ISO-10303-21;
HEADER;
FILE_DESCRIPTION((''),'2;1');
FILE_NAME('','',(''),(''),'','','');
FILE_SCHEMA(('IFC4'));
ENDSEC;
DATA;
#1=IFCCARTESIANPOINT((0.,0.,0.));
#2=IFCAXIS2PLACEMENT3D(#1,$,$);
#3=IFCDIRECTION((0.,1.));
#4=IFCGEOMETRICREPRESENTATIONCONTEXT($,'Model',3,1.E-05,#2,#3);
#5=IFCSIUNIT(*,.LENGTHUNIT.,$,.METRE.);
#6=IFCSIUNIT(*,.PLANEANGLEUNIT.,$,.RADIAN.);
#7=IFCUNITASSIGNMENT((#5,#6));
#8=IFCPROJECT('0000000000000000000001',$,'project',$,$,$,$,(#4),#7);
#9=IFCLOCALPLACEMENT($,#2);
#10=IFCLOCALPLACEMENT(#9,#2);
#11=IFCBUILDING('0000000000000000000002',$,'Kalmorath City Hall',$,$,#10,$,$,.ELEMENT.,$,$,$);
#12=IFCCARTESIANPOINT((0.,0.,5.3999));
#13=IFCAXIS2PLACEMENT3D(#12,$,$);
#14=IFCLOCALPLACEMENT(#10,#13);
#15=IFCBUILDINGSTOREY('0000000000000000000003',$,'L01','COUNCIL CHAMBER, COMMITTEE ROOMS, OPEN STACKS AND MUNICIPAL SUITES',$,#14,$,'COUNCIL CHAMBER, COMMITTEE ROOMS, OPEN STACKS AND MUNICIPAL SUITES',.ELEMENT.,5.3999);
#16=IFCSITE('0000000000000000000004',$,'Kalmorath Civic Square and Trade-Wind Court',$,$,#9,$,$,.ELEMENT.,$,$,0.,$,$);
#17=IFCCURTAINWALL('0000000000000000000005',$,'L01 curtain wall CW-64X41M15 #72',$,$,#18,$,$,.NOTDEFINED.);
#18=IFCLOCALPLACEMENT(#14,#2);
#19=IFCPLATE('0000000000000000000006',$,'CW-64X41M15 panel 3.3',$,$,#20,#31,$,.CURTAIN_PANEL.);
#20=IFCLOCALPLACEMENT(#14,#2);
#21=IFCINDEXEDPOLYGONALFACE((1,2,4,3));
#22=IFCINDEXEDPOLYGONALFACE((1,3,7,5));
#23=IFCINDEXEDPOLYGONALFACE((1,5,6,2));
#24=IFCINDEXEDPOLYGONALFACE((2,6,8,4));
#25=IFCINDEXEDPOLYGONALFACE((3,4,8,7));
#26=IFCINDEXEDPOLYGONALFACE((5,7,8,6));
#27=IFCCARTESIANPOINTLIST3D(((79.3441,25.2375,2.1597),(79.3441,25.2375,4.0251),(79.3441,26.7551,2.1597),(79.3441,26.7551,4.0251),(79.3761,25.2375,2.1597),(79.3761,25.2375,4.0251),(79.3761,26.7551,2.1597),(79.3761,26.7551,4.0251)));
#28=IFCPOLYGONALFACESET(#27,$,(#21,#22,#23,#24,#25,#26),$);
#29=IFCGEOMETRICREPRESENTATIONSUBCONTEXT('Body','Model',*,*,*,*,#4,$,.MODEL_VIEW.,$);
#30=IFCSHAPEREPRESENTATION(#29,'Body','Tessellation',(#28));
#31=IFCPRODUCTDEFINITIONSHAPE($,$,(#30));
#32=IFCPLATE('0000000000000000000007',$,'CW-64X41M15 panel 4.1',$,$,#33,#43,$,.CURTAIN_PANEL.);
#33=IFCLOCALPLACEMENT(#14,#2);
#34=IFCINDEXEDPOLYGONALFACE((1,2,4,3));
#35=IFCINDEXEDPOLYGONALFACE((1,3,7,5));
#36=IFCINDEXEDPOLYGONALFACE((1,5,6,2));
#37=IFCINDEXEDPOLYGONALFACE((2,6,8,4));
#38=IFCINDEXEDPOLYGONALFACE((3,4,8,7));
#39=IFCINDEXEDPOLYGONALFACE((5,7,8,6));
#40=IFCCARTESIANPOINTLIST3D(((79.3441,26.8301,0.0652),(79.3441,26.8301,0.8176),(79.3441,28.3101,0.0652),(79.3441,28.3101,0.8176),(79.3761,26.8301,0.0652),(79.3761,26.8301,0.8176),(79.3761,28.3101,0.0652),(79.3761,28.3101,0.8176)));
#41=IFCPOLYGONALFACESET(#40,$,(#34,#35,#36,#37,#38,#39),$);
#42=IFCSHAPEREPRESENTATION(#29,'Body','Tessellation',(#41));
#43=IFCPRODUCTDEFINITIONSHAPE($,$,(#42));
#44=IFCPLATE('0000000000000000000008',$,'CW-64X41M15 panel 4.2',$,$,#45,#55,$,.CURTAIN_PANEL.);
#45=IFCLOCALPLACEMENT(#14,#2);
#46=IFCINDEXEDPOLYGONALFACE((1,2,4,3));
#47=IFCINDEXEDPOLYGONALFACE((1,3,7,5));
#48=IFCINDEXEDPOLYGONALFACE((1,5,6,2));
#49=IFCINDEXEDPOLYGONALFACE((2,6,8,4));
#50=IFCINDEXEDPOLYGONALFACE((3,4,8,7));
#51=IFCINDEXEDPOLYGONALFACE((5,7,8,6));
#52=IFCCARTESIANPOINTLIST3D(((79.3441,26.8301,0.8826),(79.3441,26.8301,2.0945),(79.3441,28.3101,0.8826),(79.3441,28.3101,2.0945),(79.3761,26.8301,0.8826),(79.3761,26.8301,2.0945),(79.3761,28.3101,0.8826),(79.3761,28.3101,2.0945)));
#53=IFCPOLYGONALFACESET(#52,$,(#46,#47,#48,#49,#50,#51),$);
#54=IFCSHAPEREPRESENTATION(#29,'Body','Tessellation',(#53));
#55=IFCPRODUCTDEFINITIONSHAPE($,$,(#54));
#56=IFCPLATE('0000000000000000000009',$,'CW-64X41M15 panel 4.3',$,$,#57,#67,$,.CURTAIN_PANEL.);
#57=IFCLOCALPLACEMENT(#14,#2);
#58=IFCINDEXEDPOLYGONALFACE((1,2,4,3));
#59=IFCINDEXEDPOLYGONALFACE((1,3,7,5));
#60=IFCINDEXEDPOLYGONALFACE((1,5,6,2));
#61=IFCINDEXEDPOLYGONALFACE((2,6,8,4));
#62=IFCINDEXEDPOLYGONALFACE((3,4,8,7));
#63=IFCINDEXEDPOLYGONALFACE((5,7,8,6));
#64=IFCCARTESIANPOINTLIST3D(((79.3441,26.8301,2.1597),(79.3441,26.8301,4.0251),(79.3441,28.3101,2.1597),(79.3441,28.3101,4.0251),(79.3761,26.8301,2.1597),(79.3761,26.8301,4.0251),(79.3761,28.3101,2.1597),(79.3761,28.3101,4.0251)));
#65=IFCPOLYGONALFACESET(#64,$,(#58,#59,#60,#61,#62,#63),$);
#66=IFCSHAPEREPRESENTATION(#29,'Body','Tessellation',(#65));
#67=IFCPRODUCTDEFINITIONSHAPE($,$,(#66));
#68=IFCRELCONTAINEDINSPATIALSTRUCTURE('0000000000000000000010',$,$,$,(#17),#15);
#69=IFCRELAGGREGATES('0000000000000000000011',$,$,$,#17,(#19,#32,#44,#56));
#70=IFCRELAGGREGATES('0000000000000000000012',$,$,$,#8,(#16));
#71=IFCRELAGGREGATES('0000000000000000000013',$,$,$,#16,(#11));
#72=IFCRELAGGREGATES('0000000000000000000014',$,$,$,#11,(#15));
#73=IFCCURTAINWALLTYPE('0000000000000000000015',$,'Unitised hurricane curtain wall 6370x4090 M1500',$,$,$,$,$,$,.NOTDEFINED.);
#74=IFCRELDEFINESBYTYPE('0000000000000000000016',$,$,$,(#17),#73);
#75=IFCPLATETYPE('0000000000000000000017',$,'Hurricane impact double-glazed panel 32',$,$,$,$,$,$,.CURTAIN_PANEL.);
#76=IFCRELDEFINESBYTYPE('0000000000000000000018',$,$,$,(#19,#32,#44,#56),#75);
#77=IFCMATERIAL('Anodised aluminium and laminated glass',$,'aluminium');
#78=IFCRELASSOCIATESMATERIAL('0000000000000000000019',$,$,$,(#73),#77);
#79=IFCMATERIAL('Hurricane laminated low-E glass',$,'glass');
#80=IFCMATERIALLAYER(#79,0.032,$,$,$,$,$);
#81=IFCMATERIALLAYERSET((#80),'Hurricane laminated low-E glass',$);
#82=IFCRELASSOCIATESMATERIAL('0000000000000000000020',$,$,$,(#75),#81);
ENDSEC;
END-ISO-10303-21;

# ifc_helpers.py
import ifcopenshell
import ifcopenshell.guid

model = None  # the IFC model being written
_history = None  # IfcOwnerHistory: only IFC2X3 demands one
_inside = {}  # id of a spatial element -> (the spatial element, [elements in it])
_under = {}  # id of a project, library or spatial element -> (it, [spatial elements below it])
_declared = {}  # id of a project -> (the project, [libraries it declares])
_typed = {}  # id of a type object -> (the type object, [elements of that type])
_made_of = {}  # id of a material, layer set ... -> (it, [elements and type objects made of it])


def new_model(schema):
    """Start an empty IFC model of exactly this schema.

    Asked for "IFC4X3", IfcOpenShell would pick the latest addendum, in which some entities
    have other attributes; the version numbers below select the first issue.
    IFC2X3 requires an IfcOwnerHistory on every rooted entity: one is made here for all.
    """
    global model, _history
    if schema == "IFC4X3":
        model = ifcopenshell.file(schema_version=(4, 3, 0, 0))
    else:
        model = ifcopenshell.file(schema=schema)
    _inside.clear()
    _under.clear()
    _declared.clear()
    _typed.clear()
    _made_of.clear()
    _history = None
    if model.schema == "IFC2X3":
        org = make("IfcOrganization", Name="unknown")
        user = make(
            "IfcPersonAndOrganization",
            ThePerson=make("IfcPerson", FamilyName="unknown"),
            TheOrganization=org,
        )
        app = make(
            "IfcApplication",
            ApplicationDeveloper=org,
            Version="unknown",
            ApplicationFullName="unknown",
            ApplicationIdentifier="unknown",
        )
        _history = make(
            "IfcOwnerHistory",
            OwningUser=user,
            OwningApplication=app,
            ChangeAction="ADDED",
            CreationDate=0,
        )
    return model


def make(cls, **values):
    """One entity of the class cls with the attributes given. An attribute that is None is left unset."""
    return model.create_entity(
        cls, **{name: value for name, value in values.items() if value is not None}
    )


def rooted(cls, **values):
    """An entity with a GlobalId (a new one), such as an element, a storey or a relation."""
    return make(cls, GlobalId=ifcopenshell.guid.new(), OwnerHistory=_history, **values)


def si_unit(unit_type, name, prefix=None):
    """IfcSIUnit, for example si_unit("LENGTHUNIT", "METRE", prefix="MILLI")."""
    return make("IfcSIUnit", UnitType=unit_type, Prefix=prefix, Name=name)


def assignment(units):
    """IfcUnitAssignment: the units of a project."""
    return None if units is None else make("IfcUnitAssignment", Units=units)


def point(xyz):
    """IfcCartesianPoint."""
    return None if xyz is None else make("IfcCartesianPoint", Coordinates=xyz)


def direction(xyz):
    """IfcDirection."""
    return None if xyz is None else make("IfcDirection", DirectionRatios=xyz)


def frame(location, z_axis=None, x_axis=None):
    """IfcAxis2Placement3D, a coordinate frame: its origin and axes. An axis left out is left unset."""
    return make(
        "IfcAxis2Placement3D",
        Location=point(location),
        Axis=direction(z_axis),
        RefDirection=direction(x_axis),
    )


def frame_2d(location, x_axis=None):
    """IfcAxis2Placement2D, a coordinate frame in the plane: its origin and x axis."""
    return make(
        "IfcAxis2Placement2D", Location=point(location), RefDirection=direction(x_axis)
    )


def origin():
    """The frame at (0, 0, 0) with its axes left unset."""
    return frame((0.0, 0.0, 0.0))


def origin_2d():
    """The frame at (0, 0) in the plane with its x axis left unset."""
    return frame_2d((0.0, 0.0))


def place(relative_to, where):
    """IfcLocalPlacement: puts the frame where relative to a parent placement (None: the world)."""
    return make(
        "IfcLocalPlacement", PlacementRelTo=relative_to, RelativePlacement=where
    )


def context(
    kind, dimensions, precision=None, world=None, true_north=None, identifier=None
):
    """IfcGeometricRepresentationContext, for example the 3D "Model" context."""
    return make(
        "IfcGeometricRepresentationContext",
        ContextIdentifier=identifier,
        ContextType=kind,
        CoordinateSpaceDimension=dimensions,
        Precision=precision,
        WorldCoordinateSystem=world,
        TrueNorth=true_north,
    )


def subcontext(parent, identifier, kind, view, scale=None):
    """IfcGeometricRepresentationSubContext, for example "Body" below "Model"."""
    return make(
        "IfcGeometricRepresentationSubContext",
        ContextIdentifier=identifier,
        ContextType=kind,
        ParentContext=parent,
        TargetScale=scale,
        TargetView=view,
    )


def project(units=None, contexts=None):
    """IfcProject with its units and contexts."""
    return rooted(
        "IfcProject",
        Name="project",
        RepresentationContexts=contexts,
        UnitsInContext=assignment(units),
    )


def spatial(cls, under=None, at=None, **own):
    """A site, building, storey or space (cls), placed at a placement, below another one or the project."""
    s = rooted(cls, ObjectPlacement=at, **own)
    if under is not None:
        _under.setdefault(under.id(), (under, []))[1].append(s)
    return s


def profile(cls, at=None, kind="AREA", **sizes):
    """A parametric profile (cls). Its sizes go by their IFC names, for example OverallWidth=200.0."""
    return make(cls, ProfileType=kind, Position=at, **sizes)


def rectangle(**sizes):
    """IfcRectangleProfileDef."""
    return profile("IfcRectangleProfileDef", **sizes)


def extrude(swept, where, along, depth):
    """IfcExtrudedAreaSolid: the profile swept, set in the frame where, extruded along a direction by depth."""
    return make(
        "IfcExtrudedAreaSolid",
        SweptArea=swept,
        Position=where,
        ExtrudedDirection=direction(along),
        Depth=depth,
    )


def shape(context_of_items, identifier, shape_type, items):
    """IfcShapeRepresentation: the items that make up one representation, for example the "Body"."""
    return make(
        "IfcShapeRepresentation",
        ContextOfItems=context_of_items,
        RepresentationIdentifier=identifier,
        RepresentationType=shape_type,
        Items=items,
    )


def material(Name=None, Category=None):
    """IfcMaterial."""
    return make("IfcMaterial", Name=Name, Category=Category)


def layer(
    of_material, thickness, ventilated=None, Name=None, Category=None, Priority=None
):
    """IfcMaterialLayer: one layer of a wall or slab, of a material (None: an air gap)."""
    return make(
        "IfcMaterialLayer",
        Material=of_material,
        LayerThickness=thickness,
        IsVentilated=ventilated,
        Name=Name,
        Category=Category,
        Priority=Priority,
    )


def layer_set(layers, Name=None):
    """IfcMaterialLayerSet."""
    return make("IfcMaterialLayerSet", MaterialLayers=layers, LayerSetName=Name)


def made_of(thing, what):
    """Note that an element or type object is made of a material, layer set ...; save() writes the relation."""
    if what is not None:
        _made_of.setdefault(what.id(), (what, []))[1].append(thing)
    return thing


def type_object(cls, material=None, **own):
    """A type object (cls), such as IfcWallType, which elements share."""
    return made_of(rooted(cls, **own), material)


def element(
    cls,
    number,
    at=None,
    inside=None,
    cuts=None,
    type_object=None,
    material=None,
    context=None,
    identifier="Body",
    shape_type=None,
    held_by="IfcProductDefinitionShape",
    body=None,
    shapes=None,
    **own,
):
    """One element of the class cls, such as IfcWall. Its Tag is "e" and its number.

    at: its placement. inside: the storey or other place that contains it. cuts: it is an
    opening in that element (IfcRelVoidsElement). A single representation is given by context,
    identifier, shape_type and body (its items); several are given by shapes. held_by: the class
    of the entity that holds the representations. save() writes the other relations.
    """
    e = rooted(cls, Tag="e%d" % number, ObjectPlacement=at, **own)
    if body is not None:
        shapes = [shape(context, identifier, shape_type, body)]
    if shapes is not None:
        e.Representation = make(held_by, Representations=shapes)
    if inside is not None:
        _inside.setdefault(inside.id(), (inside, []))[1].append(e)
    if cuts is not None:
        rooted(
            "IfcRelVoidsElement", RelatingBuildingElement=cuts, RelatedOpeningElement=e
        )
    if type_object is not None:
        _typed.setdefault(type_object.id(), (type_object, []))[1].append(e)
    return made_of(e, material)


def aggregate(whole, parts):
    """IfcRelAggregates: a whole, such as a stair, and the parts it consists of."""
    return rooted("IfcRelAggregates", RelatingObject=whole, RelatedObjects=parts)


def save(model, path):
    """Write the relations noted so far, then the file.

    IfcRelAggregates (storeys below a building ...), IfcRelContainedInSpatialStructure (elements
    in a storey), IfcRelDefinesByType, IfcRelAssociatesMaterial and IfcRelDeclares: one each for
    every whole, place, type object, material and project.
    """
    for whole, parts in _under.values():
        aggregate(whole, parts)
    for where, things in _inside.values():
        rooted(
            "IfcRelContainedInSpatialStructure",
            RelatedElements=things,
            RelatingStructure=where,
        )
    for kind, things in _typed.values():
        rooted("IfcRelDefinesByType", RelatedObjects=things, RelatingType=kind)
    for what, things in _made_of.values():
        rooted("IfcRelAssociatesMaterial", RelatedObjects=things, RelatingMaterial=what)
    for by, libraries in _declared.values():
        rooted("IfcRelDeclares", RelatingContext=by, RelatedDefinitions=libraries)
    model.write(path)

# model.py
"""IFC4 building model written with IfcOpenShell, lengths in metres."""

from ifc_helpers import new_model, si_unit, direction, frame, origin, origin_2d, place, context, subcontext, project, spatial, rectangle, extrude, material, layer, layer_set, type_object, element, aggregate, save


model = new_model("IFC4")

# Units and contexts
model_context = context("Model", 3, precision=1e-05, world=origin(), true_north=direction((0.0, 1.0)))
body_context = subcontext(model_context, "Body", "Model", "MODEL_VIEW")
ifc_project = project(units=[si_unit("LENGTHUNIT", "METRE"), si_unit("PLANEANGLEUNIT", "RADIAN")], contexts=[model_context])

# Site, building, storey
site_placement = place(None, origin())
site = spatial("IfcSite", under=ifc_project, at=site_placement, Name="Kalmorath Civic Square and Trade-Wind Court", CompositionType="ELEMENT", RefElevation=0.0)
building_placement = place(site_placement, origin())
building = spatial("IfcBuilding", under=site, at=building_placement, Name="Kalmorath City Hall", CompositionType="ELEMENT")
storey_placement = place(building_placement, frame((0.0, 0.0, 5.3999)))
storey = spatial("IfcBuildingStorey", under=building, at=storey_placement, Name="L01", Description="COUNCIL CHAMBER, COMMITTEE ROOMS, OPEN STACKS AND MUNICIPAL SUITES", LongName="COUNCIL CHAMBER, COMMITTEE ROOMS, OPEN STACKS AND MUNICIPAL SUITES", CompositionType="ELEMENT", Elevation=5.3999)

# Curtain wall
ifc_material_1 = material(Name="Anodised aluminium and laminated glass", Category="aluminium")
curtain_wall_type_1 = type_object("IfcCurtainWallType", Name="Unitised hurricane curtain wall 6370x4090 M1500", PredefinedType="NOTDEFINED", material=ifc_material_1)
curtain_wall_1_placement = place(storey_placement, origin())
curtain_wall_1 = element("IfcCurtainWall", 1, at=curtain_wall_1_placement, inside=storey, type_object=curtain_wall_type_1, Name="L01 curtain wall CW-64X41M15 #72", PredefinedType="NOTDEFINED")

# Plates
ifc_material_2 = material(Name="Hurricane laminated low-E glass", Category="glass")
ifc_layer = layer(ifc_material_2, 0.032)
ifc_layer_set = layer_set([ifc_layer], Name="Hurricane laminated low-E glass")
plate_type = type_object("IfcPlateType", Name="Hurricane impact double-glazed panel 32", PredefinedType="CURTAIN_PANEL", material=ifc_layer_set)
plate_1_placement = place(storey_placement, frame((79.3601, 25.9963, 2.1597), z_axis=(0.0, 0.0, 1.0), x_axis=(0.0, 1.0, 0.0)))
plate_1 = element("IfcPlate", 2, at=plate_1_placement, type_object=plate_type, Name="CW-64X41M15 panel 3.3", PredefinedType="CURTAIN_PANEL", context=body_context, shape_type="SweptSolid", body=[
    extrude(rectangle(XDim=1.5176, YDim=0.032, at=origin_2d()), origin(), (0.0, 0.0, 1.0), 1.8655),
])
plate_2_placement = place(storey_placement, frame((79.3601, 27.5701, 0.0652), z_axis=(0.0, 0.0, 1.0), x_axis=(0.0, 1.0, 0.0)))
plate_2 = element("IfcPlate", 3, at=plate_2_placement, type_object=plate_type, Name="CW-64X41M15 panel 4.1", PredefinedType="CURTAIN_PANEL", context=body_context, shape_type="SweptSolid", body=[
    extrude(rectangle(XDim=1.48, YDim=0.032, at=origin_2d()), origin(), (0.0, 0.0, 1.0), 0.7524),
])
plate_3_placement = place(storey_placement, frame((79.3601, 27.5701, 0.8826), z_axis=(0.0, 0.0, 1.0), x_axis=(0.0, 1.0, 0.0)))
plate_3 = element("IfcPlate", 4, at=plate_3_placement, type_object=plate_type, Name="CW-64X41M15 panel 4.2", PredefinedType="CURTAIN_PANEL", context=body_context, shape_type="SweptSolid", body=[
    extrude(rectangle(XDim=1.48, YDim=0.032, at=origin_2d()), origin(), (0.0, 0.0, 1.0), 1.2119),
])
plate_4_placement = place(storey_placement, frame((79.3601, 27.5701, 2.1597), z_axis=(0.0, 0.0, 1.0), x_axis=(0.0, 1.0, 0.0)))
plate_4 = element("IfcPlate", 5, at=plate_4_placement, type_object=plate_type, Name="CW-64X41M15 panel 4.3", PredefinedType="CURTAIN_PANEL", context=body_context, shape_type="SweptSolid", body=[
    extrude(rectangle(XDim=1.48, YDim=0.032, at=origin_2d()), origin(), (0.0, 0.0, 1.0), 1.8655),
])
aggregate(curtain_wall_1, [plate_1, plate_2, plate_3, plate_4])

save(model, "model.ifc")
